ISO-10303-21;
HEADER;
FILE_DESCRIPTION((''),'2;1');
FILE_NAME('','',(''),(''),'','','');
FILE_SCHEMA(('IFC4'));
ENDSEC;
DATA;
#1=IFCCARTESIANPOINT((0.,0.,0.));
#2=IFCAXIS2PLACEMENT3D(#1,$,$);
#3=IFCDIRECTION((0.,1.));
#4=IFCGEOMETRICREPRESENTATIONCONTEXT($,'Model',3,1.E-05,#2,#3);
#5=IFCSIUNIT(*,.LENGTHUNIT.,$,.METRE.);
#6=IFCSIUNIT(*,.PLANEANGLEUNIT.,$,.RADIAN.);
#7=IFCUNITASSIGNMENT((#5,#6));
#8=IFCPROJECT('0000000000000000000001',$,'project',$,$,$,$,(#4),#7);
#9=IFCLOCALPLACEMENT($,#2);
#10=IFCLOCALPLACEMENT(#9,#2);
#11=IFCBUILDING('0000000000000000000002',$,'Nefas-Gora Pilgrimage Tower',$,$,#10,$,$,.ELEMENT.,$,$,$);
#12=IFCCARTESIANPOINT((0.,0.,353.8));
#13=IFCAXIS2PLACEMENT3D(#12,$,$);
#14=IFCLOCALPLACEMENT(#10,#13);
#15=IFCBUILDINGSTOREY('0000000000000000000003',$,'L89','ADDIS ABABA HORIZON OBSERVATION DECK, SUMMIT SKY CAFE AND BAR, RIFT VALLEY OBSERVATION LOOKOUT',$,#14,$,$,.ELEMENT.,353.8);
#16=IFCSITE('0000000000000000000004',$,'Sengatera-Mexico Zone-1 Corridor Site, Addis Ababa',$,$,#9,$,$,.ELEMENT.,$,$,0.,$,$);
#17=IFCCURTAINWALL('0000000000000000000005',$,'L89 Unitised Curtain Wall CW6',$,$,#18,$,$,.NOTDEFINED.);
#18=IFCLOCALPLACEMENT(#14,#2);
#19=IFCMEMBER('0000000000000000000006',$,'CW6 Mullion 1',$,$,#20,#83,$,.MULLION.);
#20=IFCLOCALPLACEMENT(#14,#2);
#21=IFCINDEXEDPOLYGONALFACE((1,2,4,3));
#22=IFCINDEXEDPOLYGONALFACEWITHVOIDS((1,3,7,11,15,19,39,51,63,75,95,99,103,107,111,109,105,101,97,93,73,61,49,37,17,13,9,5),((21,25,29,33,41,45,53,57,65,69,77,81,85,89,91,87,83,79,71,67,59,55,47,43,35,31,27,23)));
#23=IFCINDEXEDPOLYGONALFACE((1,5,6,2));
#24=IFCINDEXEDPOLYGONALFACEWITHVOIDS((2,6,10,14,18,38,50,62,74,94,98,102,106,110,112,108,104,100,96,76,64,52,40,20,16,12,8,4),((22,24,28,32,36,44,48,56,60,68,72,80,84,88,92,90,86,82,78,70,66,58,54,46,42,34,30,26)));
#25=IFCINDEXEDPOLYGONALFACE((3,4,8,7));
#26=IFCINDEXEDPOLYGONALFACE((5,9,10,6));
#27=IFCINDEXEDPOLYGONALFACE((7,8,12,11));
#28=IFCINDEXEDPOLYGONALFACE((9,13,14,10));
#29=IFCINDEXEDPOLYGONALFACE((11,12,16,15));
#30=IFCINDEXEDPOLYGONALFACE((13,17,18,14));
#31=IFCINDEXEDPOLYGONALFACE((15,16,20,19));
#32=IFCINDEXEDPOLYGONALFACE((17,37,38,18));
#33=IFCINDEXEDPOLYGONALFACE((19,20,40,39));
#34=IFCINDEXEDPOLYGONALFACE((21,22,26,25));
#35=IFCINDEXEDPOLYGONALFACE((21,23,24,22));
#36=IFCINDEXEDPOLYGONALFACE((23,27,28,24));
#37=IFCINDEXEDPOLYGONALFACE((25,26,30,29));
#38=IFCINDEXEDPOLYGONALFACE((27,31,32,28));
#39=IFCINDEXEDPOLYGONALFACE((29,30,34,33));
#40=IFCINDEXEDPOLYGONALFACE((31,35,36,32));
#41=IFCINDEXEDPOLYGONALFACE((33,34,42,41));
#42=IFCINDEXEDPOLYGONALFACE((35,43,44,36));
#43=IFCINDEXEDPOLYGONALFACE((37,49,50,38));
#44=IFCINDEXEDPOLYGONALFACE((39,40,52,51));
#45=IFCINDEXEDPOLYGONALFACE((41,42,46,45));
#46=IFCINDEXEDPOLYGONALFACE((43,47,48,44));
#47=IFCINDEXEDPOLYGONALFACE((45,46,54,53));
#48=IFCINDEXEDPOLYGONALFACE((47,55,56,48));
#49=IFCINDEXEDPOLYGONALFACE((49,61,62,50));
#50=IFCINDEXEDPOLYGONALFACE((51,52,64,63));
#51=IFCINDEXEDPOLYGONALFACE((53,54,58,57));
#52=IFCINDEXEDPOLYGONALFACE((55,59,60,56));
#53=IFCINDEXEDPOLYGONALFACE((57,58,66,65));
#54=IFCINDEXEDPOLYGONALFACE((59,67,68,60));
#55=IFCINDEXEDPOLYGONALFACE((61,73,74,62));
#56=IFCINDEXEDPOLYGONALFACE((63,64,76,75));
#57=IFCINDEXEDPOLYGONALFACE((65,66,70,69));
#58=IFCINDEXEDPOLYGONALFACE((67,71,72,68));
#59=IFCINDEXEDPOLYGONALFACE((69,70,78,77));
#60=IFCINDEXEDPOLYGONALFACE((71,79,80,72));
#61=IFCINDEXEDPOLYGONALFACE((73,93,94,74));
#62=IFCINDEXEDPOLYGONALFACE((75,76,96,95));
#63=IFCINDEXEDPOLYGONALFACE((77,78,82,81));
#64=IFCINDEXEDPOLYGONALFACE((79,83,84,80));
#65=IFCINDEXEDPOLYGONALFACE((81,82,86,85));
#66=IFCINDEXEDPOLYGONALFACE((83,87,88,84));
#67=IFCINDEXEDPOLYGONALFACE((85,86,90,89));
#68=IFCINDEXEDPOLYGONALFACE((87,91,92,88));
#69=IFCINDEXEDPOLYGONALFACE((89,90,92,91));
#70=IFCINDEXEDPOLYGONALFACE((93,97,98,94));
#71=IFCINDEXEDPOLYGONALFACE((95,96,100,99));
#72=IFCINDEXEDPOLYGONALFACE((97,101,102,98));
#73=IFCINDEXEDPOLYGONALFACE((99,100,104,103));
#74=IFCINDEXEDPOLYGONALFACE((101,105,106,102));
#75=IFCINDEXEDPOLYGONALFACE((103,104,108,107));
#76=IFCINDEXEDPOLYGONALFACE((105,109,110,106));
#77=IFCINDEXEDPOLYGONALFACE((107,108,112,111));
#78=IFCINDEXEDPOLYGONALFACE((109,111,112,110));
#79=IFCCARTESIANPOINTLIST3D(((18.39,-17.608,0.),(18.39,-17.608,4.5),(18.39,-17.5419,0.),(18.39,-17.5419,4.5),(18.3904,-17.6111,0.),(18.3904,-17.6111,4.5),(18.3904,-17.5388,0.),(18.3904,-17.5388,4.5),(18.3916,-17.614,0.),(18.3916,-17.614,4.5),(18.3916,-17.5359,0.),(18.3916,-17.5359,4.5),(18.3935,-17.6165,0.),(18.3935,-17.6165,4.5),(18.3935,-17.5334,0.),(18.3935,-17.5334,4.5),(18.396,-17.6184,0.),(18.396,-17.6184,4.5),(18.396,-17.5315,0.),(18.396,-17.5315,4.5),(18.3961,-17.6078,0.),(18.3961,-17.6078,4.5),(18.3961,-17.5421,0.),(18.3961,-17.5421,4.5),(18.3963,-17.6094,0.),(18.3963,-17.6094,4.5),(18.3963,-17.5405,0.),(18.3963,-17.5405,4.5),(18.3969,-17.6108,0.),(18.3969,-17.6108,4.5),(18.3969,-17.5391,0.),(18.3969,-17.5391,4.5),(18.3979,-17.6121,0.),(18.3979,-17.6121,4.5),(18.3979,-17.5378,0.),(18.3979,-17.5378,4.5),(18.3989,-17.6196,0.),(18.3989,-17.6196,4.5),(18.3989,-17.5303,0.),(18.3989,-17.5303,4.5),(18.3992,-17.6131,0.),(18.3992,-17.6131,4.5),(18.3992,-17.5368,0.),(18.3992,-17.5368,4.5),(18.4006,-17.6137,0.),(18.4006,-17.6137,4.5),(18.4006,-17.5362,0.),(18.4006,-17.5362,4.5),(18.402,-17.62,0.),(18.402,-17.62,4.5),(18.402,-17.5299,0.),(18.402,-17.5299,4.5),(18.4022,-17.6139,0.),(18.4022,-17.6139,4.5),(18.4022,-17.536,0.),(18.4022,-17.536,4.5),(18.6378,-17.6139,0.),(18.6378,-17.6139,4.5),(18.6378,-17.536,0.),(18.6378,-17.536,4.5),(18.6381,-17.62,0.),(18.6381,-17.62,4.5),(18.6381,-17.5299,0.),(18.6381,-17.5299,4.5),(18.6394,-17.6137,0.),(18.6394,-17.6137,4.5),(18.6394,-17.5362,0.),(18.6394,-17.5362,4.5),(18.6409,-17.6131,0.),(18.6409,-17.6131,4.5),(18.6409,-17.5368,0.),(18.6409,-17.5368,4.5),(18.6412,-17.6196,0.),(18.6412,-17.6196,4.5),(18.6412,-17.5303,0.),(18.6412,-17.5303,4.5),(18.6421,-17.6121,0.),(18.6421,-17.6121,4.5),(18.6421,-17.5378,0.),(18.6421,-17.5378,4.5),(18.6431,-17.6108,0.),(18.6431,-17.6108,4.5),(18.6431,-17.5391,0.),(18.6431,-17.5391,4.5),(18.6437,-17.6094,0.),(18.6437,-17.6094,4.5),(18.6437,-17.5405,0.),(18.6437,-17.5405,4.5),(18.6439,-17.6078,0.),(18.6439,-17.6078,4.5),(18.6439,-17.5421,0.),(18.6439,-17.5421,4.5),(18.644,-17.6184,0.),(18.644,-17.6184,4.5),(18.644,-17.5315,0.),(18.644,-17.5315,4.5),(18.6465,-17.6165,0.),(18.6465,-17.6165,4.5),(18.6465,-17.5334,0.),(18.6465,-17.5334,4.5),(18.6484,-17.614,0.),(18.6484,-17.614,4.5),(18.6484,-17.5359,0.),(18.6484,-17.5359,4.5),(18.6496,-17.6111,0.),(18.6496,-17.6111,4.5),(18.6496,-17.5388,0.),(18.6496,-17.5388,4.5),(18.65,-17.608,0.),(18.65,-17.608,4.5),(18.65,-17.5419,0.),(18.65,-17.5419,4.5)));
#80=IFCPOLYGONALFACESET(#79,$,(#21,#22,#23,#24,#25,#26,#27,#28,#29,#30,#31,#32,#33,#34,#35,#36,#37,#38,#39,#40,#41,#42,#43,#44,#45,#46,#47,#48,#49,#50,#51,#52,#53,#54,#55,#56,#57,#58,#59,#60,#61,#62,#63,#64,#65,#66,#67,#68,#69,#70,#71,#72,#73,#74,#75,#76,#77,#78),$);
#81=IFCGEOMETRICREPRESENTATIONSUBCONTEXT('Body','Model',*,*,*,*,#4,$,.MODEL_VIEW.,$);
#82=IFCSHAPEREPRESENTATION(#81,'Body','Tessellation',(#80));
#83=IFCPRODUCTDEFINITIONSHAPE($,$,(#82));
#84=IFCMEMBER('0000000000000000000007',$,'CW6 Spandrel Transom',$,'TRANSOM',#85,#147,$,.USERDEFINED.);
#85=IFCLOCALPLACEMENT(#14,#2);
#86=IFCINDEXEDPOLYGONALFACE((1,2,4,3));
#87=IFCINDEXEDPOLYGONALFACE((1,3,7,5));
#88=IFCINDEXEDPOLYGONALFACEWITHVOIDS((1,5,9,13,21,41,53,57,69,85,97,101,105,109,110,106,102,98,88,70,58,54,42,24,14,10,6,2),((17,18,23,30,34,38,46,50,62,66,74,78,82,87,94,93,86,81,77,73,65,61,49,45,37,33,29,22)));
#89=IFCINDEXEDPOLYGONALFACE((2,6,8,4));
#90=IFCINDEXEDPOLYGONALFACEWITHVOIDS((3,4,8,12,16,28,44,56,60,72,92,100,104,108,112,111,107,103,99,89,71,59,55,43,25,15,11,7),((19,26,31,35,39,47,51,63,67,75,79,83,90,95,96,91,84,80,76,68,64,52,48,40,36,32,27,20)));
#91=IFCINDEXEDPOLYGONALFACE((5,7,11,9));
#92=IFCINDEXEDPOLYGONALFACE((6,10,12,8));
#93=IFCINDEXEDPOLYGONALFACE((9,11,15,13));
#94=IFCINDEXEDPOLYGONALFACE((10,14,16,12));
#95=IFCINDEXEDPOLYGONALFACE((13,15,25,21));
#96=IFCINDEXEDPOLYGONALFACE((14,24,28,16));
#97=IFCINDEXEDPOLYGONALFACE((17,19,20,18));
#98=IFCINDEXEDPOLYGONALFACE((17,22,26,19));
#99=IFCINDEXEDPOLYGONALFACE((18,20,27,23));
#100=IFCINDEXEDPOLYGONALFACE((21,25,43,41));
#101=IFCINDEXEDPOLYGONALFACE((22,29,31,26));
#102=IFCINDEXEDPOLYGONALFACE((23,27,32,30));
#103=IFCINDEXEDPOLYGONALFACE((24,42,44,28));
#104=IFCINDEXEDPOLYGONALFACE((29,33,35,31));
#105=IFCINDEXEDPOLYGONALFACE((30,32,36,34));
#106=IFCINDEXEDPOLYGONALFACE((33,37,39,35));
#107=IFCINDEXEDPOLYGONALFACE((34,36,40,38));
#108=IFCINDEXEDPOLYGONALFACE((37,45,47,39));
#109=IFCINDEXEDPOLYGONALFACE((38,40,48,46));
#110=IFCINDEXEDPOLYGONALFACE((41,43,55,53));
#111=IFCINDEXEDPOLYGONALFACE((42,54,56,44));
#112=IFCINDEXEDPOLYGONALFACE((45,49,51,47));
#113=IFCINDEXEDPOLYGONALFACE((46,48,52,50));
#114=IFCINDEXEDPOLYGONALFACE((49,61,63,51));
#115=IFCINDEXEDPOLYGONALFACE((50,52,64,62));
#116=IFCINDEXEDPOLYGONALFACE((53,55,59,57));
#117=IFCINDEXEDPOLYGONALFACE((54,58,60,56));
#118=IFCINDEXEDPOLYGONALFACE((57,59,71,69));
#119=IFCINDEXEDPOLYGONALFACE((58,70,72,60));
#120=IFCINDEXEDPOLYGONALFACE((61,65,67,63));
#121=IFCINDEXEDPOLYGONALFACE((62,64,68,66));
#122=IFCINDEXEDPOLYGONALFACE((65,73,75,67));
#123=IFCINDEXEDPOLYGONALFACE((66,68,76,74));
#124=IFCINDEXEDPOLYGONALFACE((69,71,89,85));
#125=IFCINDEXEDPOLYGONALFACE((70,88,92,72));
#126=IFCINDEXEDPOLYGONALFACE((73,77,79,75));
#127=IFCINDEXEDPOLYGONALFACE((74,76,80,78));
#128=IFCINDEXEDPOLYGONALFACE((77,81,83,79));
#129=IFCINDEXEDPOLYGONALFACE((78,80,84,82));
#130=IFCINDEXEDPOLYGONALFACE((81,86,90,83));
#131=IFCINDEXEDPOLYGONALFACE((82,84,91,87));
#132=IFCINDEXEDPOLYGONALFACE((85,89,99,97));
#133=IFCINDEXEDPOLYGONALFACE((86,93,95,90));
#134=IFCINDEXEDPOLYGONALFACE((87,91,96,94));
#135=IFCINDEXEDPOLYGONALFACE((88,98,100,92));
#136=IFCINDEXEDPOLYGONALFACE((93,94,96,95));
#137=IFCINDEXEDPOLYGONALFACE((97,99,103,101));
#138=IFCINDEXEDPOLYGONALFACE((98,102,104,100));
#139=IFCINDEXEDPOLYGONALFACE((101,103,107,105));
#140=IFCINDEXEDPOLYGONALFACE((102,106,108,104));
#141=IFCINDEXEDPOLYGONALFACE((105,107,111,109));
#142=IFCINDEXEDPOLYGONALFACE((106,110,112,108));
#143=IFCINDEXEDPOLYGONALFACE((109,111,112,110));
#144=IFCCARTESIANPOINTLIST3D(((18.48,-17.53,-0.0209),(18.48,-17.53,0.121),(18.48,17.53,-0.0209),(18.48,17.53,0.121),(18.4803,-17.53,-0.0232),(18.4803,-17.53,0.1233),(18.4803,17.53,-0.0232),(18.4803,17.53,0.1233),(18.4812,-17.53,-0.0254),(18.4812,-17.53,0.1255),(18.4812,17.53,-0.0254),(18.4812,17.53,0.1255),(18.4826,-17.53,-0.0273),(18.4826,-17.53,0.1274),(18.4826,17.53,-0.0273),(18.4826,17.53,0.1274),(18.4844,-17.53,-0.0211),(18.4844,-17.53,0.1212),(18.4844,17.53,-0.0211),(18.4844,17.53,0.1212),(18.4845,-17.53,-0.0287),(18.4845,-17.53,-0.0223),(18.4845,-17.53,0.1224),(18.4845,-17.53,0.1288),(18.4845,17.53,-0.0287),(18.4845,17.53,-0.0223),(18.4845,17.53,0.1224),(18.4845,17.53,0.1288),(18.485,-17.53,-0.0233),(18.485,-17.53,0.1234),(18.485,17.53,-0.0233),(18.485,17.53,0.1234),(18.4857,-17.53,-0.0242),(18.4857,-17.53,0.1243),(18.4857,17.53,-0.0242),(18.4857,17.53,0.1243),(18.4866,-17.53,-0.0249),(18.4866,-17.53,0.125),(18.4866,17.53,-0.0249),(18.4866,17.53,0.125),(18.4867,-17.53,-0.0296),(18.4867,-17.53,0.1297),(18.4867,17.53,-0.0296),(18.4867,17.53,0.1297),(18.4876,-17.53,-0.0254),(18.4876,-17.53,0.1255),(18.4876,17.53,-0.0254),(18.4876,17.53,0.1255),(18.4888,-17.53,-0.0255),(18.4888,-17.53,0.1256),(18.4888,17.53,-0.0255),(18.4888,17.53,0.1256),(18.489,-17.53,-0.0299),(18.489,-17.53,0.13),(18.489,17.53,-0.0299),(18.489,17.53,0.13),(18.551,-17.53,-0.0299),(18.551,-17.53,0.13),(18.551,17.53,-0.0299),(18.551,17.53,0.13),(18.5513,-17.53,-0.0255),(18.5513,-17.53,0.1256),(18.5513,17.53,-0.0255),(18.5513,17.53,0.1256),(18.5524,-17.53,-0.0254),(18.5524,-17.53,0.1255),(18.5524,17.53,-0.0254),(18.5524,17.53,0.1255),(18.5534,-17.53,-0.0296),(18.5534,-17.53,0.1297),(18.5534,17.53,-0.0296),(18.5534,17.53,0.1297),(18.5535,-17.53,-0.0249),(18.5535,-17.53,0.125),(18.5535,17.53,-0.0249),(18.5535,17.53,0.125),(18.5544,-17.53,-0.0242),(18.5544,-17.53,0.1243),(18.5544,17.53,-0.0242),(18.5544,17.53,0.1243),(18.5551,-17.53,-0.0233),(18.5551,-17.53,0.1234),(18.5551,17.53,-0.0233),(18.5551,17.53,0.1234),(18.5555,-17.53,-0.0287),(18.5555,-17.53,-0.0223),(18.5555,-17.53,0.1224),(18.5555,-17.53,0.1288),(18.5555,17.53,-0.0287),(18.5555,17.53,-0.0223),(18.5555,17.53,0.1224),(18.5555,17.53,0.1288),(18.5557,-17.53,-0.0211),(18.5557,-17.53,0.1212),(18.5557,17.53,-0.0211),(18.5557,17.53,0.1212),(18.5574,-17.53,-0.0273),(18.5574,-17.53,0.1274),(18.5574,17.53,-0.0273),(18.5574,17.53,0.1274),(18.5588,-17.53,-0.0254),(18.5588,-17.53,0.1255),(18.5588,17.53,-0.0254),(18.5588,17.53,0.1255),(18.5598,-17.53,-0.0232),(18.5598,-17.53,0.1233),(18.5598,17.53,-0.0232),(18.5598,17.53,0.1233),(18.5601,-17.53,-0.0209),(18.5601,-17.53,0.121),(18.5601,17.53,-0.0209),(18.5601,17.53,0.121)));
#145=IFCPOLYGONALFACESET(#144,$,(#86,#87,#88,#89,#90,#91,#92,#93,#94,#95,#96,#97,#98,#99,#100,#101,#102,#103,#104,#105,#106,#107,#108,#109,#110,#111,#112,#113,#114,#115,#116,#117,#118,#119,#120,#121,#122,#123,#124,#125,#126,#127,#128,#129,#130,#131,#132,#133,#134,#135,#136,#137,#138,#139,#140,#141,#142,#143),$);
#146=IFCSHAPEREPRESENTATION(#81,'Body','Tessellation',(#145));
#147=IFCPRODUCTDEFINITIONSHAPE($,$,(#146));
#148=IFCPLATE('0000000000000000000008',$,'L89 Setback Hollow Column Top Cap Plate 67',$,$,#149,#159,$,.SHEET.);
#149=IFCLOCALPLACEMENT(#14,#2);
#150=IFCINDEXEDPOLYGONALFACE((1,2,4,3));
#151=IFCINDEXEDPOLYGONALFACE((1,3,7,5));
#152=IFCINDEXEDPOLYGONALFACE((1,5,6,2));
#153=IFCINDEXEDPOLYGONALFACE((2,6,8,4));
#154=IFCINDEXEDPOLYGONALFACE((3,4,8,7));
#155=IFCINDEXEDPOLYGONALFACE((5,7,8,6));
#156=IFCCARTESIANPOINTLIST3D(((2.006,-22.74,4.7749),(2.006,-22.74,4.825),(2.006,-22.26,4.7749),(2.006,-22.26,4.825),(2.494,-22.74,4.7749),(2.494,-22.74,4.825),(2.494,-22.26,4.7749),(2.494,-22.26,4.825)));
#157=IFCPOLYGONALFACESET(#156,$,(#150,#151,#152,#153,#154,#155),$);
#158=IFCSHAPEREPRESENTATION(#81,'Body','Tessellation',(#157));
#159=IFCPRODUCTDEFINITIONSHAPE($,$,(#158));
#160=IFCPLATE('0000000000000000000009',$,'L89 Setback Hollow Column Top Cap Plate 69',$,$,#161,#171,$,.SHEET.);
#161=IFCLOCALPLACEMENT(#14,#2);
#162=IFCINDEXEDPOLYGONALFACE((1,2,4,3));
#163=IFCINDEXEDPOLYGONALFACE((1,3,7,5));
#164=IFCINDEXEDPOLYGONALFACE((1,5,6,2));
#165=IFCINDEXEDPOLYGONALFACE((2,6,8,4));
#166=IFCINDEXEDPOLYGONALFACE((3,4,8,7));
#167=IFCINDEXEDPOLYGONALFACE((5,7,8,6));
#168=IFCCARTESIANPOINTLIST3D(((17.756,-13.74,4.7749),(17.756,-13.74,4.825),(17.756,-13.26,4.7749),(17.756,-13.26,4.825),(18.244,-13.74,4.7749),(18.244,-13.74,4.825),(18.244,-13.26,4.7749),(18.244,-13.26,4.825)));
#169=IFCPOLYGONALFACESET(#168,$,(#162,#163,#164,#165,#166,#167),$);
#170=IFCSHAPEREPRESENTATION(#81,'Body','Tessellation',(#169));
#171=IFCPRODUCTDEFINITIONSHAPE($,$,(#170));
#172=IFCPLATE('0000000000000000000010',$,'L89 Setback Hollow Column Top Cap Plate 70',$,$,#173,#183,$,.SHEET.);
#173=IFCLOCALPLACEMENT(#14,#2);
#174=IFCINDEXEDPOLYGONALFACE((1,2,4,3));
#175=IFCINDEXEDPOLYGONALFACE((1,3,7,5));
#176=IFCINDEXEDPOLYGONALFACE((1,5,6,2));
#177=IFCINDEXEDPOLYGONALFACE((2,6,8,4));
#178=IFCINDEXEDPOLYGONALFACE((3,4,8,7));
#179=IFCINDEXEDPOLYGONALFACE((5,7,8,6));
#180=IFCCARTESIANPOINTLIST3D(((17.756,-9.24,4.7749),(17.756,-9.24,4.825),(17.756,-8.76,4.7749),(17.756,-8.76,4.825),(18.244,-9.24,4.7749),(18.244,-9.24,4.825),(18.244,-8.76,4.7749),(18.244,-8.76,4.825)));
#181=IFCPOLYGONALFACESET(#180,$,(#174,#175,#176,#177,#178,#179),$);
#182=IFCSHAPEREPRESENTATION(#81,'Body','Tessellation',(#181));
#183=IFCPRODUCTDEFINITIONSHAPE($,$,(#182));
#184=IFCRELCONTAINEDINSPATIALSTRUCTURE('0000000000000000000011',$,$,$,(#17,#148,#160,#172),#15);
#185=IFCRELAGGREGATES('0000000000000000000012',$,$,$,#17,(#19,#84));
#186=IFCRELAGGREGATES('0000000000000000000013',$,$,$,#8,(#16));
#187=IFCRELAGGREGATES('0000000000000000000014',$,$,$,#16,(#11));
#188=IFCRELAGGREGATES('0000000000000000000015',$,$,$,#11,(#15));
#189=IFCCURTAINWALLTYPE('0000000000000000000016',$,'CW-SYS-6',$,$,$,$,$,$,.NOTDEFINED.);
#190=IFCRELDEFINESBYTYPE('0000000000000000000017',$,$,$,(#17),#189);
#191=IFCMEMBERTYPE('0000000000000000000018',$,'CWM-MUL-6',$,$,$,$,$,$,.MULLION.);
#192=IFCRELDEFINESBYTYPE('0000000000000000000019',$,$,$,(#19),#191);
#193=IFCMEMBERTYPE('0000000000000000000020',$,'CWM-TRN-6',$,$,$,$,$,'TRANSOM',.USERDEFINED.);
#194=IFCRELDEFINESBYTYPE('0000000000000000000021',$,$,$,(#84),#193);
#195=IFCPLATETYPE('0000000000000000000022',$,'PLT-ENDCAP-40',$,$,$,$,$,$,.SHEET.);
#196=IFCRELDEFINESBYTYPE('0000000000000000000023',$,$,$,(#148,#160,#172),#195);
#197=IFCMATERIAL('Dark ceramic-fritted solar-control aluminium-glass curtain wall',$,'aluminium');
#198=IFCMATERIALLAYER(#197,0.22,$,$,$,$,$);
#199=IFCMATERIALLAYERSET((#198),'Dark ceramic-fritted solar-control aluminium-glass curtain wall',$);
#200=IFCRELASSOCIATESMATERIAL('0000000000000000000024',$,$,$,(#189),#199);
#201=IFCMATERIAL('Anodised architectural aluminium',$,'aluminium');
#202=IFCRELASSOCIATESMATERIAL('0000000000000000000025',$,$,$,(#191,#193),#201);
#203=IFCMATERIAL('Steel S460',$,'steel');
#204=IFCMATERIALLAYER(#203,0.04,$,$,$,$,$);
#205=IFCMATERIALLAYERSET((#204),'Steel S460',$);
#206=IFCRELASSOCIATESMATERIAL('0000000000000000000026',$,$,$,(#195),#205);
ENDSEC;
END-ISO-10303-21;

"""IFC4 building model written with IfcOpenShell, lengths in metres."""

from ifc_helpers import new_model, si_unit, direction, frame, origin, origin_2d, place, context, subcontext, project, spatial, rectangle, hollow_rectangle, extrude, source, transform, mapped, material, layer, layer_set, material_profile, profile_set, type_object, element, aggregate, save


model = new_model("IFC4")

# Units and contexts
model_context = context("Model", 3, precision=1e-05, world=origin(), true_north=direction((0.0, 1.0)))
body_context = subcontext(model_context, "Body", "Model", "MODEL_VIEW")
ifc_project = project(units=[si_unit("LENGTHUNIT", "METRE"), si_unit("PLANEANGLEUNIT", "RADIAN")], contexts=[model_context])

# Site, building, storey
site_placement = place(None, origin())
site = spatial("IfcSite", under=ifc_project, at=site_placement, Name="Sengatera-Mexico Zone-1 Corridor Site, Addis Ababa", CompositionType="ELEMENT", RefElevation=0.0)
building_placement = place(site_placement, origin())
building = spatial("IfcBuilding", under=site, at=building_placement, Name="Nefas-Gora Pilgrimage Tower", CompositionType="ELEMENT")
storey_placement = place(building_placement, frame((0.0, 0.0, 353.8)))
storey = spatial("IfcBuildingStorey", under=building, at=storey_placement, Name="L89", Description="ADDIS ABABA HORIZON OBSERVATION DECK, SUMMIT SKY CAFE AND BAR, RIFT VALLEY OBSERVATION LOOKOUT", CompositionType="ELEMENT", Elevation=353.8)

# Shared definitions
ifc_material_1 = material(Name="Dark ceramic-fritted solar-control aluminium-glass curtain wall", Category="aluminium")
ifc_layer_1 = layer(ifc_material_1, 0.22)
ifc_layer_set_1 = layer_set([ifc_layer_1], Name="Dark ceramic-fritted solar-control aluminium-glass curtain wall")
curtain_wall_type = type_object("IfcCurtainWallType", Name="CW-SYS-6", PredefinedType="NOTDEFINED", material=ifc_layer_set_1)
ifc_material_2 = material(Name="Anodised architectural aluminium", Category="aluminium")
ifc_material_profile_1 = material_profile(ifc_material_2, hollow_rectangle(XDim=0.0901, YDim=0.26, WallThickness=0.0061, InnerFilletRadius=0.0061, OuterFilletRadius=0.012, at=origin_2d()), Name="ALU MULLION 90x260")
ifc_profile_set_1 = profile_set([ifc_material_profile_1], Name="Anodised architectural aluminium")
member_type_1 = type_object("IfcMemberType", Name="CWM-MUL-6", PredefinedType="MULLION", material=ifc_profile_set_1)
shared_shape_1 = source(origin(), body_context, "Body", "SweptSolid", [
    extrude(hollow_rectangle(XDim=0.0901, YDim=0.26, WallThickness=0.0061, InnerFilletRadius=0.0061, OuterFilletRadius=0.012, at=origin_2d()), origin(), (0.0, 0.0, 1.0), 4.5),
])

# Curtain wall, members
curtain_wall_1_placement = place(storey_placement, origin())
curtain_wall_1 = element("IfcCurtainWall", 1, at=curtain_wall_1_placement, inside=storey, type_object=curtain_wall_type, Name="L89 Unitised Curtain Wall CW6", PredefinedType="NOTDEFINED")
member_1_placement = place(storey_placement, frame((18.52, -17.575, 0.0), z_axis=(0.0, 0.0, 1.0), x_axis=(0.0, 1.0, 0.0)))
member_1 = element("IfcMember", 2, at=member_1_placement, type_object=member_type_1, Name="CW6 Mullion 1", PredefinedType="MULLION", context=body_context, shape_type="MappedRepresentation", body=[
    mapped(shared_shape_1, transform((0.0, 0.0, 0.0), x_axis=(1.0, 0.0, 0.0), y_axis=(0.0, 1.0, 0.0), z_axis=(0.0, 0.0, 1.0), scale=1.0)),
])
ifc_material_profile_2 = material_profile(ifc_material_2, hollow_rectangle(XDim=0.0801, YDim=0.1599, WallThickness=0.0044, InnerFilletRadius=0.0044, OuterFilletRadius=0.009, at=origin_2d()), Name="ALU TRANSOM 80x160")
ifc_profile_set_2 = profile_set([ifc_material_profile_2], Name="Anodised architectural aluminium")
member_type_2 = type_object("IfcMemberType", Name="CWM-TRN-6", ElementType="TRANSOM", PredefinedType="USERDEFINED", material=ifc_profile_set_2)
shared_shape_2 = source(origin(), body_context, "Body", "SweptSolid", [
    extrude(hollow_rectangle(XDim=0.0801, YDim=0.1599, WallThickness=0.0044, InnerFilletRadius=0.0044, OuterFilletRadius=0.009, at=origin_2d()), origin(), (0.0, 0.0, 1.0), 35.0601),
])
member_2_placement = place(storey_placement, frame((18.52, -17.53, 0.05), z_axis=(0.0, 1.0, 0.0), x_axis=(-1.0, 0.0, 0.0)))
member_2 = element("IfcMember", 3, at=member_2_placement, type_object=member_type_2, Name="CW6 Spandrel Transom", ObjectType="TRANSOM", PredefinedType="USERDEFINED", context=body_context, shape_type="MappedRepresentation", body=[
    mapped(shared_shape_2, transform((0.0, 0.0, 0.0), x_axis=(1.0, 0.0, 0.0), y_axis=(0.0, 1.0, 0.0), z_axis=(0.0, 0.0, 1.0), scale=1.0)),
])

# Plates
ifc_material_3 = material(Name="Steel S460", Category="steel")
ifc_layer_2 = layer(ifc_material_3, 0.04)
ifc_layer_set_2 = layer_set([ifc_layer_2], Name="Steel S460")
plate_type_1 = type_object("IfcPlateType", Name="PLT-ENDCAP-40", PredefinedType="SHEET", material=ifc_layer_set_2)
shared_shape_3 = source(origin(), body_context, "Body", "SweptSolid", [
    extrude(rectangle(XDim=0.488, YDim=0.48, at=origin_2d()), origin(), (0.0, 0.0, 1.0), 0.05),
])
for number, where, z_axis, x_axis, name in (
    (4, (2.25, -22.5, 4.7749), (0.0, 0.0, 1.0), (1.0, 0.0, 0.0), "L89 Setback Hollow Column Top Cap Plate 67"),
    (5, (18.0, -13.5, 4.7749), (0.0, 0.0, 1.0), (1.0, 0.0, 0.0), "L89 Setback Hollow Column Top Cap Plate 69"),
    (6, (18.0, -9.0, 4.7749), (0.0, 0.0, 1.0), (1.0, 0.0, 0.0), "L89 Setback Hollow Column Top Cap Plate 70"),
):
    element("IfcPlate", number, at=place(storey_placement, frame(where, z_axis=z_axis, x_axis=x_axis)), inside=storey, type_object=plate_type_1, Name=name, PredefinedType="SHEET", context=body_context, shape_type="MappedRepresentation", body=[
        mapped(shared_shape_3, transform((0.0, 0.0, 0.0), x_axis=(1.0, 0.0, 0.0), y_axis=(0.0, 1.0, 0.0), z_axis=(0.0, 0.0, 1.0), scale=1.0)),
    ])

aggregate(curtain_wall_1, [member_1, member_2])

save(model, "model.ifc")
